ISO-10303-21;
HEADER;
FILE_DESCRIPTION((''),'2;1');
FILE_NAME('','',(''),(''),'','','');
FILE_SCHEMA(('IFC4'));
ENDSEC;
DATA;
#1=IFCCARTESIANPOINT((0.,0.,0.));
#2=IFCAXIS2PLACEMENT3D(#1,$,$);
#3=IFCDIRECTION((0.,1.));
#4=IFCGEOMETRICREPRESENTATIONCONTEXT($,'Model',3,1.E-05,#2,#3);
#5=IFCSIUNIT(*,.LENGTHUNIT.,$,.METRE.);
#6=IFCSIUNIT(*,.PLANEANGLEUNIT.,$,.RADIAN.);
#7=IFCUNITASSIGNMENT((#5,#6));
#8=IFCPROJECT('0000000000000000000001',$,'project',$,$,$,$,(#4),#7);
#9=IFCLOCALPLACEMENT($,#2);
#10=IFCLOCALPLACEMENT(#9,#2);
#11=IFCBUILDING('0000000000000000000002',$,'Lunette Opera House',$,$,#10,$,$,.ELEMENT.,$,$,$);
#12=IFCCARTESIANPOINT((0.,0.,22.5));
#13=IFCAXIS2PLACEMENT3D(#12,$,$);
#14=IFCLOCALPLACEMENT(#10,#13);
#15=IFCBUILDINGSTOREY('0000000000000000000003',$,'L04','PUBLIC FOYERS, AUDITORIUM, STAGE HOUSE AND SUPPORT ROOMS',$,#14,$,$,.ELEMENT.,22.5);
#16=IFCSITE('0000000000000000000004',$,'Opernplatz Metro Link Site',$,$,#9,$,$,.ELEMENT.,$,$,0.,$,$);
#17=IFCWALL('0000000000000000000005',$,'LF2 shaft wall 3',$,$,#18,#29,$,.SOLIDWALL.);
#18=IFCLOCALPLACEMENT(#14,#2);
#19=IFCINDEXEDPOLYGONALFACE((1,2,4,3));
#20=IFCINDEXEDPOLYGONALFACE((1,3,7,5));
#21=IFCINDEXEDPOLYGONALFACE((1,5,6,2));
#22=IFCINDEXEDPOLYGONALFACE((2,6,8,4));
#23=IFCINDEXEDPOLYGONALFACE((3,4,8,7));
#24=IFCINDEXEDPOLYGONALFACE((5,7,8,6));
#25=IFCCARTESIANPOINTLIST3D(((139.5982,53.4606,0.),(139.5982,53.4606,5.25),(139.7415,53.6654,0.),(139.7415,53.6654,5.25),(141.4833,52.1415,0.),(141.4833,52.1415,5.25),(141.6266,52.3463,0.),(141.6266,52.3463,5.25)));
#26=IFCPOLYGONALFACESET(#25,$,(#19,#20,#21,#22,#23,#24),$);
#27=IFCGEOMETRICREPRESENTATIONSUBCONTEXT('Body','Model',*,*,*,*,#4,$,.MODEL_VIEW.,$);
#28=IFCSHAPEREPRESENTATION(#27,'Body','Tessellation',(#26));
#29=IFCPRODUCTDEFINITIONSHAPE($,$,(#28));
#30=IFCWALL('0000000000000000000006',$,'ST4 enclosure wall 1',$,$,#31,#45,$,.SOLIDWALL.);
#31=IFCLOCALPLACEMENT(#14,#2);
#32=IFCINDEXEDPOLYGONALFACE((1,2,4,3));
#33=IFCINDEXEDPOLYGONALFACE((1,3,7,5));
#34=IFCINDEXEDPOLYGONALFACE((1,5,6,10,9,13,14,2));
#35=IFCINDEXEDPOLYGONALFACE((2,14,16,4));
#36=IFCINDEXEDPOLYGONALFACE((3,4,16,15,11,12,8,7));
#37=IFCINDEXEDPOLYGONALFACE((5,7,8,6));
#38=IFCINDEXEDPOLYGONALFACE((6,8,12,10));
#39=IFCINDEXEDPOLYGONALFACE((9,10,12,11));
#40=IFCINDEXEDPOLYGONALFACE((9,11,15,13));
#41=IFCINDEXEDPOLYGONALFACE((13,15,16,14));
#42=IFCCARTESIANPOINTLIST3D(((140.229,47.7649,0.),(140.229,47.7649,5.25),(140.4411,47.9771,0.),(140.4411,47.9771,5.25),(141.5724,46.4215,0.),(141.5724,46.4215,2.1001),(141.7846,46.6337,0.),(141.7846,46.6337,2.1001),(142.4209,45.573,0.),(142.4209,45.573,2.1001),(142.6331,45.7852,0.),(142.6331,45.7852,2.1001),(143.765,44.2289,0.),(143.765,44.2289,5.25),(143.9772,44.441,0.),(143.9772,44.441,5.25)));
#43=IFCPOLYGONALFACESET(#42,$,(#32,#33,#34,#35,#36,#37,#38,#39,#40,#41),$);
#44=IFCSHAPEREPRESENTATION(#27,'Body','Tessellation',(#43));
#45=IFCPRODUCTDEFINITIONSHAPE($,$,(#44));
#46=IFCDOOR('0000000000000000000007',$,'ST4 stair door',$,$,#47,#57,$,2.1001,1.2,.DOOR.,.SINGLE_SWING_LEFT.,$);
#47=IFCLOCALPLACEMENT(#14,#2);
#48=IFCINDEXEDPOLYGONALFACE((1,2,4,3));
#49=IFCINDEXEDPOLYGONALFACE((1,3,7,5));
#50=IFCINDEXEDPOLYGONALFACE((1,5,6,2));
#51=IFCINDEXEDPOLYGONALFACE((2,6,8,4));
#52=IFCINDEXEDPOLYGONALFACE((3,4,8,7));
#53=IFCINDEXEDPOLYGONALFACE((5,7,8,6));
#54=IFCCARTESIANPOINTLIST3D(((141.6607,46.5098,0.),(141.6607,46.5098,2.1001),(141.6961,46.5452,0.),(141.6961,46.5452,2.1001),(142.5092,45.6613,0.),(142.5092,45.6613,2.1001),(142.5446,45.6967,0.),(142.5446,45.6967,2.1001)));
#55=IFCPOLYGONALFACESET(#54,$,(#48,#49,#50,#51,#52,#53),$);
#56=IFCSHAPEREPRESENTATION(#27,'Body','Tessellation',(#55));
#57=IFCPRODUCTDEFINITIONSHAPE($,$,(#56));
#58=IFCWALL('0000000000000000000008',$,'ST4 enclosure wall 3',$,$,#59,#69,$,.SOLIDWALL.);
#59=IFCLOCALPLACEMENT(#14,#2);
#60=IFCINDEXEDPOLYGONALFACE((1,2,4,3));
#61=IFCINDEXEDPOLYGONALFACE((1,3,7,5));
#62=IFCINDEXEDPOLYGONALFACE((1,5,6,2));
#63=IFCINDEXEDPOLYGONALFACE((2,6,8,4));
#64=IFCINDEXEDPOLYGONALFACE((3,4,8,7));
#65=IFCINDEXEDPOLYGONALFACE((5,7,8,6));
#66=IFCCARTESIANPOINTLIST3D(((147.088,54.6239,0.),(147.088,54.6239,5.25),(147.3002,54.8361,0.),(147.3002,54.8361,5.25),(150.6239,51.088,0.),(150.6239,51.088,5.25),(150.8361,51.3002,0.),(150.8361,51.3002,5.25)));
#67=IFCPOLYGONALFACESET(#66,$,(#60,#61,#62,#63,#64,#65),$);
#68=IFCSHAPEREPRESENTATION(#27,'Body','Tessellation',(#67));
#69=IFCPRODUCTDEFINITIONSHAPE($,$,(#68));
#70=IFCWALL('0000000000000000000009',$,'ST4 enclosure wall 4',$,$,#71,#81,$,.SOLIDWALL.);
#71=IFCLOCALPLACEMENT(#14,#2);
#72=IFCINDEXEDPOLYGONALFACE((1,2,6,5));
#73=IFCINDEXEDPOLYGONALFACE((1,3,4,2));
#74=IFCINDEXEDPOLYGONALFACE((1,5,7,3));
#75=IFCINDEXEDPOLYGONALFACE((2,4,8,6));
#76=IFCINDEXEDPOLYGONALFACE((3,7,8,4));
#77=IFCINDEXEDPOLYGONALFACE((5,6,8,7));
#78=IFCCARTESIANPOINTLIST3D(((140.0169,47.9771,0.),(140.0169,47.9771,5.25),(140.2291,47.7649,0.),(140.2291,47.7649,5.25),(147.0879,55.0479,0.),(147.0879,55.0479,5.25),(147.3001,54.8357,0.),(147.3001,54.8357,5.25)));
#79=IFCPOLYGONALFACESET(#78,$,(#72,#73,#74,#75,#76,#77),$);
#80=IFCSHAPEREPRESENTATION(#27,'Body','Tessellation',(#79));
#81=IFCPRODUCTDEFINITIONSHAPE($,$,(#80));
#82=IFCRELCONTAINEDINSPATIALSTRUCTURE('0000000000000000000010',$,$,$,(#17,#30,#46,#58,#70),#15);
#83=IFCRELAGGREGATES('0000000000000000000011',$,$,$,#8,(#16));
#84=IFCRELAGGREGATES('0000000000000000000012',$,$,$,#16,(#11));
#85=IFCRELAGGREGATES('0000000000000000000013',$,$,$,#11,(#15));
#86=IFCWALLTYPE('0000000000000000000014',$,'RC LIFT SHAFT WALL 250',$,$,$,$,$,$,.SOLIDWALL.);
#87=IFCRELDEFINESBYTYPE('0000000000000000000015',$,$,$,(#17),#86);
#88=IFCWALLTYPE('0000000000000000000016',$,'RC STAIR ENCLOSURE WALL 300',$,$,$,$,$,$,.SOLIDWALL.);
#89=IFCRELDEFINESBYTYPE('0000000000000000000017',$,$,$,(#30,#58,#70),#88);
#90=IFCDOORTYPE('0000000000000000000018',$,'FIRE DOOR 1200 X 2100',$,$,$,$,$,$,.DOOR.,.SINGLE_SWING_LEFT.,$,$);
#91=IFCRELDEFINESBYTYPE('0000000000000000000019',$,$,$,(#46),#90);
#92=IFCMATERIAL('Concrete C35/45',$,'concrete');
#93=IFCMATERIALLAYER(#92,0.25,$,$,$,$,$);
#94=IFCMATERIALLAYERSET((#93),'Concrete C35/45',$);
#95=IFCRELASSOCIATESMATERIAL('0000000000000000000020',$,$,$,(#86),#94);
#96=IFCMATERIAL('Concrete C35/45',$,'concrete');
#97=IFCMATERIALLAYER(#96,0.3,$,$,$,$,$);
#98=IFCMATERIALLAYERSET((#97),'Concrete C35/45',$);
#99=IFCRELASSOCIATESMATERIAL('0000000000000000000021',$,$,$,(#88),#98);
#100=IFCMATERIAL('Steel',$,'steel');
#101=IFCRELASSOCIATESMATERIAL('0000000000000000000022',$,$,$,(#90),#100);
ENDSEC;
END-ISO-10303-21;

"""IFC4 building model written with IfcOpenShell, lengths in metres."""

from ifc_helpers import new_model, si_unit, direction, frame, frame_2d, origin, place, context, subcontext, project, spatial, rectangle, extrude, material, layer, layer_set, type_object, element, fill, save


model = new_model("IFC4")

# Units and contexts
model_context = context("Model", 3, precision=1e-05, world=origin(), true_north=direction((0.0, 1.0)))
body_context = subcontext(model_context, "Body", "Model", "MODEL_VIEW")
ifc_project = project(units=[si_unit("LENGTHUNIT", "METRE"), si_unit("PLANEANGLEUNIT", "RADIAN")], contexts=[model_context])

# Site, building, storey
site_placement = place(None, origin())
site = spatial("IfcSite", under=ifc_project, at=site_placement, Name="Opernplatz Metro Link Site", CompositionType="ELEMENT", RefElevation=0.0)
building_placement = place(site_placement, origin())
building = spatial("IfcBuilding", under=site, at=building_placement, Name="Lunette Opera House", CompositionType="ELEMENT")
storey_placement = place(building_placement, frame((0.0, 0.0, 22.5)))
storey = spatial("IfcBuildingStorey", under=building, at=storey_placement, Name="L04", Description="PUBLIC FOYERS, AUDITORIUM, STAGE HOUSE AND SUPPORT ROOMS", CompositionType="ELEMENT", Elevation=22.5)

# Wall
ifc_material_1 = material(Name="Concrete C35/45", Category="concrete")
ifc_layer_1 = layer(ifc_material_1, 0.25)
ifc_layer_set_1 = layer_set([ifc_layer_1], Name="Concrete C35/45")
wall_type_1 = type_object("IfcWallType", Name="RC LIFT SHAFT WALL 250", PredefinedType="SOLIDWALL", material=ifc_layer_set_1)
wall_1_placement = place(storey_placement, frame((141.5549, 52.2439, 0.0), z_axis=(0.0, 0.0, 1.0), x_axis=(-0.819317, 0.573341, 0.0)))
element("IfcWall", 1, at=wall_1_placement, inside=storey, type_object=wall_type_1, Name="LF2 shaft wall 3", PredefinedType="SOLIDWALL", context=body_context, shape_type="SweptSolid", body=[
    extrude(rectangle(XDim=2.3008, YDim=0.25, at=frame_2d((1.1504, 0.0))), origin(), (0.0, 0.0, 1.0), 5.25),
])

# Wall, opening, door
ifc_material_2 = material(Name="Concrete C35/45", Category="concrete")
ifc_layer_2 = layer(ifc_material_2, 0.3)
ifc_layer_set_2 = layer_set([ifc_layer_2], Name="Concrete C35/45")
wall_type_2 = type_object("IfcWallType", Name="RC STAIR ENCLOSURE WALL 300", PredefinedType="SOLIDWALL", material=ifc_layer_set_2)
wall_2_placement = place(storey_placement, frame((140.335, 47.8711, 0.0), z_axis=(0.0, 0.0, 1.0), x_axis=(0.707107, -0.707107, 0.0)))
wall_2 = element("IfcWall", 2, at=wall_2_placement, inside=storey, type_object=wall_type_2, Name="ST4 enclosure wall 1", PredefinedType="SOLIDWALL", context=body_context, shape_type="SweptSolid", body=[
    extrude(rectangle(XDim=5.0007, YDim=0.3, at=frame_2d((2.5005, 0.0))), origin(), (0.0, 0.0, 1.0), 5.25),
])
opening_1_placement = place(wall_2_placement, frame((1.8999, 0.0, 0.0)))
opening_1 = element("IfcOpeningElement", 3, at=opening_1_placement, cuts=wall_2, PredefinedType="OPENING", context=body_context, shape_type="SweptSolid", body=[
    extrude(rectangle(XDim=1.2, YDim=2.1001, at=frame_2d((0.6001, 1.05))), frame((0.0, 0.1621, 0.0), z_axis=(0.0, -1.0, 0.0), x_axis=(1.0, 0.0, 0.0)), (0.0, 0.0, 1.0), 0.324),
])
ifc_material_3 = material(Name="Steel", Category="steel")
door_type = type_object("IfcDoorType", Name="FIRE DOOR 1200 X 2100", OperationType="SINGLE_SWING_LEFT", PredefinedType="DOOR", material=ifc_material_3)
door_placement = place(opening_1_placement, origin())
door = element("IfcDoor", 4, at=door_placement, inside=storey, type_object=door_type, Name="ST4 stair door", OperationType="SINGLE_SWING_LEFT", OverallHeight=2.1001, OverallWidth=1.2, PredefinedType="DOOR", context=body_context, shape_type="SweptSolid", body=[
    extrude(rectangle(XDim=1.2, YDim=2.1001, at=frame_2d((0.6001, 1.05))), frame((0.0, 0.0249, 0.0), z_axis=(0.0, -1.0, 0.0), x_axis=(1.0, 0.0, 0.0)), (0.0, 0.0, 1.0), 0.05),
])
fill(opening_1, door)

# Walls
wall_3_placement = place(storey_placement, frame((150.73, 51.1941, 0.0), z_axis=(0.0, 0.0, 1.0), x_axis=(-0.707107, 0.707107, 0.0)))
element("IfcWall", 5, at=wall_3_placement, inside=storey, type_object=wall_type_2, Name="ST4 enclosure wall 3", PredefinedType="SOLIDWALL", context=body_context, shape_type="SweptSolid", body=[
    extrude(rectangle(XDim=5.0005, YDim=0.3, at=frame_2d((2.5002, 0.0))), origin(), (0.0, 0.0, 1.0), 5.25),
])
wall_4_placement = place(storey_placement, frame((147.1941, 54.9419, 0.0), z_axis=(0.0, 0.0, 1.0), x_axis=(-0.707119, -0.707095, 0.0)))
element("IfcWall", 6, at=wall_4_placement, inside=storey, type_object=wall_type_2, Name="ST4 enclosure wall 4", PredefinedType="SOLIDWALL", context=body_context, shape_type="SweptSolid", body=[
    extrude(rectangle(XDim=9.9998, YDim=0.3, at=frame_2d((5.0, 0.0))), origin(), (0.0, 0.0, 1.0), 5.25),
])

save(model, "model.ifc")
